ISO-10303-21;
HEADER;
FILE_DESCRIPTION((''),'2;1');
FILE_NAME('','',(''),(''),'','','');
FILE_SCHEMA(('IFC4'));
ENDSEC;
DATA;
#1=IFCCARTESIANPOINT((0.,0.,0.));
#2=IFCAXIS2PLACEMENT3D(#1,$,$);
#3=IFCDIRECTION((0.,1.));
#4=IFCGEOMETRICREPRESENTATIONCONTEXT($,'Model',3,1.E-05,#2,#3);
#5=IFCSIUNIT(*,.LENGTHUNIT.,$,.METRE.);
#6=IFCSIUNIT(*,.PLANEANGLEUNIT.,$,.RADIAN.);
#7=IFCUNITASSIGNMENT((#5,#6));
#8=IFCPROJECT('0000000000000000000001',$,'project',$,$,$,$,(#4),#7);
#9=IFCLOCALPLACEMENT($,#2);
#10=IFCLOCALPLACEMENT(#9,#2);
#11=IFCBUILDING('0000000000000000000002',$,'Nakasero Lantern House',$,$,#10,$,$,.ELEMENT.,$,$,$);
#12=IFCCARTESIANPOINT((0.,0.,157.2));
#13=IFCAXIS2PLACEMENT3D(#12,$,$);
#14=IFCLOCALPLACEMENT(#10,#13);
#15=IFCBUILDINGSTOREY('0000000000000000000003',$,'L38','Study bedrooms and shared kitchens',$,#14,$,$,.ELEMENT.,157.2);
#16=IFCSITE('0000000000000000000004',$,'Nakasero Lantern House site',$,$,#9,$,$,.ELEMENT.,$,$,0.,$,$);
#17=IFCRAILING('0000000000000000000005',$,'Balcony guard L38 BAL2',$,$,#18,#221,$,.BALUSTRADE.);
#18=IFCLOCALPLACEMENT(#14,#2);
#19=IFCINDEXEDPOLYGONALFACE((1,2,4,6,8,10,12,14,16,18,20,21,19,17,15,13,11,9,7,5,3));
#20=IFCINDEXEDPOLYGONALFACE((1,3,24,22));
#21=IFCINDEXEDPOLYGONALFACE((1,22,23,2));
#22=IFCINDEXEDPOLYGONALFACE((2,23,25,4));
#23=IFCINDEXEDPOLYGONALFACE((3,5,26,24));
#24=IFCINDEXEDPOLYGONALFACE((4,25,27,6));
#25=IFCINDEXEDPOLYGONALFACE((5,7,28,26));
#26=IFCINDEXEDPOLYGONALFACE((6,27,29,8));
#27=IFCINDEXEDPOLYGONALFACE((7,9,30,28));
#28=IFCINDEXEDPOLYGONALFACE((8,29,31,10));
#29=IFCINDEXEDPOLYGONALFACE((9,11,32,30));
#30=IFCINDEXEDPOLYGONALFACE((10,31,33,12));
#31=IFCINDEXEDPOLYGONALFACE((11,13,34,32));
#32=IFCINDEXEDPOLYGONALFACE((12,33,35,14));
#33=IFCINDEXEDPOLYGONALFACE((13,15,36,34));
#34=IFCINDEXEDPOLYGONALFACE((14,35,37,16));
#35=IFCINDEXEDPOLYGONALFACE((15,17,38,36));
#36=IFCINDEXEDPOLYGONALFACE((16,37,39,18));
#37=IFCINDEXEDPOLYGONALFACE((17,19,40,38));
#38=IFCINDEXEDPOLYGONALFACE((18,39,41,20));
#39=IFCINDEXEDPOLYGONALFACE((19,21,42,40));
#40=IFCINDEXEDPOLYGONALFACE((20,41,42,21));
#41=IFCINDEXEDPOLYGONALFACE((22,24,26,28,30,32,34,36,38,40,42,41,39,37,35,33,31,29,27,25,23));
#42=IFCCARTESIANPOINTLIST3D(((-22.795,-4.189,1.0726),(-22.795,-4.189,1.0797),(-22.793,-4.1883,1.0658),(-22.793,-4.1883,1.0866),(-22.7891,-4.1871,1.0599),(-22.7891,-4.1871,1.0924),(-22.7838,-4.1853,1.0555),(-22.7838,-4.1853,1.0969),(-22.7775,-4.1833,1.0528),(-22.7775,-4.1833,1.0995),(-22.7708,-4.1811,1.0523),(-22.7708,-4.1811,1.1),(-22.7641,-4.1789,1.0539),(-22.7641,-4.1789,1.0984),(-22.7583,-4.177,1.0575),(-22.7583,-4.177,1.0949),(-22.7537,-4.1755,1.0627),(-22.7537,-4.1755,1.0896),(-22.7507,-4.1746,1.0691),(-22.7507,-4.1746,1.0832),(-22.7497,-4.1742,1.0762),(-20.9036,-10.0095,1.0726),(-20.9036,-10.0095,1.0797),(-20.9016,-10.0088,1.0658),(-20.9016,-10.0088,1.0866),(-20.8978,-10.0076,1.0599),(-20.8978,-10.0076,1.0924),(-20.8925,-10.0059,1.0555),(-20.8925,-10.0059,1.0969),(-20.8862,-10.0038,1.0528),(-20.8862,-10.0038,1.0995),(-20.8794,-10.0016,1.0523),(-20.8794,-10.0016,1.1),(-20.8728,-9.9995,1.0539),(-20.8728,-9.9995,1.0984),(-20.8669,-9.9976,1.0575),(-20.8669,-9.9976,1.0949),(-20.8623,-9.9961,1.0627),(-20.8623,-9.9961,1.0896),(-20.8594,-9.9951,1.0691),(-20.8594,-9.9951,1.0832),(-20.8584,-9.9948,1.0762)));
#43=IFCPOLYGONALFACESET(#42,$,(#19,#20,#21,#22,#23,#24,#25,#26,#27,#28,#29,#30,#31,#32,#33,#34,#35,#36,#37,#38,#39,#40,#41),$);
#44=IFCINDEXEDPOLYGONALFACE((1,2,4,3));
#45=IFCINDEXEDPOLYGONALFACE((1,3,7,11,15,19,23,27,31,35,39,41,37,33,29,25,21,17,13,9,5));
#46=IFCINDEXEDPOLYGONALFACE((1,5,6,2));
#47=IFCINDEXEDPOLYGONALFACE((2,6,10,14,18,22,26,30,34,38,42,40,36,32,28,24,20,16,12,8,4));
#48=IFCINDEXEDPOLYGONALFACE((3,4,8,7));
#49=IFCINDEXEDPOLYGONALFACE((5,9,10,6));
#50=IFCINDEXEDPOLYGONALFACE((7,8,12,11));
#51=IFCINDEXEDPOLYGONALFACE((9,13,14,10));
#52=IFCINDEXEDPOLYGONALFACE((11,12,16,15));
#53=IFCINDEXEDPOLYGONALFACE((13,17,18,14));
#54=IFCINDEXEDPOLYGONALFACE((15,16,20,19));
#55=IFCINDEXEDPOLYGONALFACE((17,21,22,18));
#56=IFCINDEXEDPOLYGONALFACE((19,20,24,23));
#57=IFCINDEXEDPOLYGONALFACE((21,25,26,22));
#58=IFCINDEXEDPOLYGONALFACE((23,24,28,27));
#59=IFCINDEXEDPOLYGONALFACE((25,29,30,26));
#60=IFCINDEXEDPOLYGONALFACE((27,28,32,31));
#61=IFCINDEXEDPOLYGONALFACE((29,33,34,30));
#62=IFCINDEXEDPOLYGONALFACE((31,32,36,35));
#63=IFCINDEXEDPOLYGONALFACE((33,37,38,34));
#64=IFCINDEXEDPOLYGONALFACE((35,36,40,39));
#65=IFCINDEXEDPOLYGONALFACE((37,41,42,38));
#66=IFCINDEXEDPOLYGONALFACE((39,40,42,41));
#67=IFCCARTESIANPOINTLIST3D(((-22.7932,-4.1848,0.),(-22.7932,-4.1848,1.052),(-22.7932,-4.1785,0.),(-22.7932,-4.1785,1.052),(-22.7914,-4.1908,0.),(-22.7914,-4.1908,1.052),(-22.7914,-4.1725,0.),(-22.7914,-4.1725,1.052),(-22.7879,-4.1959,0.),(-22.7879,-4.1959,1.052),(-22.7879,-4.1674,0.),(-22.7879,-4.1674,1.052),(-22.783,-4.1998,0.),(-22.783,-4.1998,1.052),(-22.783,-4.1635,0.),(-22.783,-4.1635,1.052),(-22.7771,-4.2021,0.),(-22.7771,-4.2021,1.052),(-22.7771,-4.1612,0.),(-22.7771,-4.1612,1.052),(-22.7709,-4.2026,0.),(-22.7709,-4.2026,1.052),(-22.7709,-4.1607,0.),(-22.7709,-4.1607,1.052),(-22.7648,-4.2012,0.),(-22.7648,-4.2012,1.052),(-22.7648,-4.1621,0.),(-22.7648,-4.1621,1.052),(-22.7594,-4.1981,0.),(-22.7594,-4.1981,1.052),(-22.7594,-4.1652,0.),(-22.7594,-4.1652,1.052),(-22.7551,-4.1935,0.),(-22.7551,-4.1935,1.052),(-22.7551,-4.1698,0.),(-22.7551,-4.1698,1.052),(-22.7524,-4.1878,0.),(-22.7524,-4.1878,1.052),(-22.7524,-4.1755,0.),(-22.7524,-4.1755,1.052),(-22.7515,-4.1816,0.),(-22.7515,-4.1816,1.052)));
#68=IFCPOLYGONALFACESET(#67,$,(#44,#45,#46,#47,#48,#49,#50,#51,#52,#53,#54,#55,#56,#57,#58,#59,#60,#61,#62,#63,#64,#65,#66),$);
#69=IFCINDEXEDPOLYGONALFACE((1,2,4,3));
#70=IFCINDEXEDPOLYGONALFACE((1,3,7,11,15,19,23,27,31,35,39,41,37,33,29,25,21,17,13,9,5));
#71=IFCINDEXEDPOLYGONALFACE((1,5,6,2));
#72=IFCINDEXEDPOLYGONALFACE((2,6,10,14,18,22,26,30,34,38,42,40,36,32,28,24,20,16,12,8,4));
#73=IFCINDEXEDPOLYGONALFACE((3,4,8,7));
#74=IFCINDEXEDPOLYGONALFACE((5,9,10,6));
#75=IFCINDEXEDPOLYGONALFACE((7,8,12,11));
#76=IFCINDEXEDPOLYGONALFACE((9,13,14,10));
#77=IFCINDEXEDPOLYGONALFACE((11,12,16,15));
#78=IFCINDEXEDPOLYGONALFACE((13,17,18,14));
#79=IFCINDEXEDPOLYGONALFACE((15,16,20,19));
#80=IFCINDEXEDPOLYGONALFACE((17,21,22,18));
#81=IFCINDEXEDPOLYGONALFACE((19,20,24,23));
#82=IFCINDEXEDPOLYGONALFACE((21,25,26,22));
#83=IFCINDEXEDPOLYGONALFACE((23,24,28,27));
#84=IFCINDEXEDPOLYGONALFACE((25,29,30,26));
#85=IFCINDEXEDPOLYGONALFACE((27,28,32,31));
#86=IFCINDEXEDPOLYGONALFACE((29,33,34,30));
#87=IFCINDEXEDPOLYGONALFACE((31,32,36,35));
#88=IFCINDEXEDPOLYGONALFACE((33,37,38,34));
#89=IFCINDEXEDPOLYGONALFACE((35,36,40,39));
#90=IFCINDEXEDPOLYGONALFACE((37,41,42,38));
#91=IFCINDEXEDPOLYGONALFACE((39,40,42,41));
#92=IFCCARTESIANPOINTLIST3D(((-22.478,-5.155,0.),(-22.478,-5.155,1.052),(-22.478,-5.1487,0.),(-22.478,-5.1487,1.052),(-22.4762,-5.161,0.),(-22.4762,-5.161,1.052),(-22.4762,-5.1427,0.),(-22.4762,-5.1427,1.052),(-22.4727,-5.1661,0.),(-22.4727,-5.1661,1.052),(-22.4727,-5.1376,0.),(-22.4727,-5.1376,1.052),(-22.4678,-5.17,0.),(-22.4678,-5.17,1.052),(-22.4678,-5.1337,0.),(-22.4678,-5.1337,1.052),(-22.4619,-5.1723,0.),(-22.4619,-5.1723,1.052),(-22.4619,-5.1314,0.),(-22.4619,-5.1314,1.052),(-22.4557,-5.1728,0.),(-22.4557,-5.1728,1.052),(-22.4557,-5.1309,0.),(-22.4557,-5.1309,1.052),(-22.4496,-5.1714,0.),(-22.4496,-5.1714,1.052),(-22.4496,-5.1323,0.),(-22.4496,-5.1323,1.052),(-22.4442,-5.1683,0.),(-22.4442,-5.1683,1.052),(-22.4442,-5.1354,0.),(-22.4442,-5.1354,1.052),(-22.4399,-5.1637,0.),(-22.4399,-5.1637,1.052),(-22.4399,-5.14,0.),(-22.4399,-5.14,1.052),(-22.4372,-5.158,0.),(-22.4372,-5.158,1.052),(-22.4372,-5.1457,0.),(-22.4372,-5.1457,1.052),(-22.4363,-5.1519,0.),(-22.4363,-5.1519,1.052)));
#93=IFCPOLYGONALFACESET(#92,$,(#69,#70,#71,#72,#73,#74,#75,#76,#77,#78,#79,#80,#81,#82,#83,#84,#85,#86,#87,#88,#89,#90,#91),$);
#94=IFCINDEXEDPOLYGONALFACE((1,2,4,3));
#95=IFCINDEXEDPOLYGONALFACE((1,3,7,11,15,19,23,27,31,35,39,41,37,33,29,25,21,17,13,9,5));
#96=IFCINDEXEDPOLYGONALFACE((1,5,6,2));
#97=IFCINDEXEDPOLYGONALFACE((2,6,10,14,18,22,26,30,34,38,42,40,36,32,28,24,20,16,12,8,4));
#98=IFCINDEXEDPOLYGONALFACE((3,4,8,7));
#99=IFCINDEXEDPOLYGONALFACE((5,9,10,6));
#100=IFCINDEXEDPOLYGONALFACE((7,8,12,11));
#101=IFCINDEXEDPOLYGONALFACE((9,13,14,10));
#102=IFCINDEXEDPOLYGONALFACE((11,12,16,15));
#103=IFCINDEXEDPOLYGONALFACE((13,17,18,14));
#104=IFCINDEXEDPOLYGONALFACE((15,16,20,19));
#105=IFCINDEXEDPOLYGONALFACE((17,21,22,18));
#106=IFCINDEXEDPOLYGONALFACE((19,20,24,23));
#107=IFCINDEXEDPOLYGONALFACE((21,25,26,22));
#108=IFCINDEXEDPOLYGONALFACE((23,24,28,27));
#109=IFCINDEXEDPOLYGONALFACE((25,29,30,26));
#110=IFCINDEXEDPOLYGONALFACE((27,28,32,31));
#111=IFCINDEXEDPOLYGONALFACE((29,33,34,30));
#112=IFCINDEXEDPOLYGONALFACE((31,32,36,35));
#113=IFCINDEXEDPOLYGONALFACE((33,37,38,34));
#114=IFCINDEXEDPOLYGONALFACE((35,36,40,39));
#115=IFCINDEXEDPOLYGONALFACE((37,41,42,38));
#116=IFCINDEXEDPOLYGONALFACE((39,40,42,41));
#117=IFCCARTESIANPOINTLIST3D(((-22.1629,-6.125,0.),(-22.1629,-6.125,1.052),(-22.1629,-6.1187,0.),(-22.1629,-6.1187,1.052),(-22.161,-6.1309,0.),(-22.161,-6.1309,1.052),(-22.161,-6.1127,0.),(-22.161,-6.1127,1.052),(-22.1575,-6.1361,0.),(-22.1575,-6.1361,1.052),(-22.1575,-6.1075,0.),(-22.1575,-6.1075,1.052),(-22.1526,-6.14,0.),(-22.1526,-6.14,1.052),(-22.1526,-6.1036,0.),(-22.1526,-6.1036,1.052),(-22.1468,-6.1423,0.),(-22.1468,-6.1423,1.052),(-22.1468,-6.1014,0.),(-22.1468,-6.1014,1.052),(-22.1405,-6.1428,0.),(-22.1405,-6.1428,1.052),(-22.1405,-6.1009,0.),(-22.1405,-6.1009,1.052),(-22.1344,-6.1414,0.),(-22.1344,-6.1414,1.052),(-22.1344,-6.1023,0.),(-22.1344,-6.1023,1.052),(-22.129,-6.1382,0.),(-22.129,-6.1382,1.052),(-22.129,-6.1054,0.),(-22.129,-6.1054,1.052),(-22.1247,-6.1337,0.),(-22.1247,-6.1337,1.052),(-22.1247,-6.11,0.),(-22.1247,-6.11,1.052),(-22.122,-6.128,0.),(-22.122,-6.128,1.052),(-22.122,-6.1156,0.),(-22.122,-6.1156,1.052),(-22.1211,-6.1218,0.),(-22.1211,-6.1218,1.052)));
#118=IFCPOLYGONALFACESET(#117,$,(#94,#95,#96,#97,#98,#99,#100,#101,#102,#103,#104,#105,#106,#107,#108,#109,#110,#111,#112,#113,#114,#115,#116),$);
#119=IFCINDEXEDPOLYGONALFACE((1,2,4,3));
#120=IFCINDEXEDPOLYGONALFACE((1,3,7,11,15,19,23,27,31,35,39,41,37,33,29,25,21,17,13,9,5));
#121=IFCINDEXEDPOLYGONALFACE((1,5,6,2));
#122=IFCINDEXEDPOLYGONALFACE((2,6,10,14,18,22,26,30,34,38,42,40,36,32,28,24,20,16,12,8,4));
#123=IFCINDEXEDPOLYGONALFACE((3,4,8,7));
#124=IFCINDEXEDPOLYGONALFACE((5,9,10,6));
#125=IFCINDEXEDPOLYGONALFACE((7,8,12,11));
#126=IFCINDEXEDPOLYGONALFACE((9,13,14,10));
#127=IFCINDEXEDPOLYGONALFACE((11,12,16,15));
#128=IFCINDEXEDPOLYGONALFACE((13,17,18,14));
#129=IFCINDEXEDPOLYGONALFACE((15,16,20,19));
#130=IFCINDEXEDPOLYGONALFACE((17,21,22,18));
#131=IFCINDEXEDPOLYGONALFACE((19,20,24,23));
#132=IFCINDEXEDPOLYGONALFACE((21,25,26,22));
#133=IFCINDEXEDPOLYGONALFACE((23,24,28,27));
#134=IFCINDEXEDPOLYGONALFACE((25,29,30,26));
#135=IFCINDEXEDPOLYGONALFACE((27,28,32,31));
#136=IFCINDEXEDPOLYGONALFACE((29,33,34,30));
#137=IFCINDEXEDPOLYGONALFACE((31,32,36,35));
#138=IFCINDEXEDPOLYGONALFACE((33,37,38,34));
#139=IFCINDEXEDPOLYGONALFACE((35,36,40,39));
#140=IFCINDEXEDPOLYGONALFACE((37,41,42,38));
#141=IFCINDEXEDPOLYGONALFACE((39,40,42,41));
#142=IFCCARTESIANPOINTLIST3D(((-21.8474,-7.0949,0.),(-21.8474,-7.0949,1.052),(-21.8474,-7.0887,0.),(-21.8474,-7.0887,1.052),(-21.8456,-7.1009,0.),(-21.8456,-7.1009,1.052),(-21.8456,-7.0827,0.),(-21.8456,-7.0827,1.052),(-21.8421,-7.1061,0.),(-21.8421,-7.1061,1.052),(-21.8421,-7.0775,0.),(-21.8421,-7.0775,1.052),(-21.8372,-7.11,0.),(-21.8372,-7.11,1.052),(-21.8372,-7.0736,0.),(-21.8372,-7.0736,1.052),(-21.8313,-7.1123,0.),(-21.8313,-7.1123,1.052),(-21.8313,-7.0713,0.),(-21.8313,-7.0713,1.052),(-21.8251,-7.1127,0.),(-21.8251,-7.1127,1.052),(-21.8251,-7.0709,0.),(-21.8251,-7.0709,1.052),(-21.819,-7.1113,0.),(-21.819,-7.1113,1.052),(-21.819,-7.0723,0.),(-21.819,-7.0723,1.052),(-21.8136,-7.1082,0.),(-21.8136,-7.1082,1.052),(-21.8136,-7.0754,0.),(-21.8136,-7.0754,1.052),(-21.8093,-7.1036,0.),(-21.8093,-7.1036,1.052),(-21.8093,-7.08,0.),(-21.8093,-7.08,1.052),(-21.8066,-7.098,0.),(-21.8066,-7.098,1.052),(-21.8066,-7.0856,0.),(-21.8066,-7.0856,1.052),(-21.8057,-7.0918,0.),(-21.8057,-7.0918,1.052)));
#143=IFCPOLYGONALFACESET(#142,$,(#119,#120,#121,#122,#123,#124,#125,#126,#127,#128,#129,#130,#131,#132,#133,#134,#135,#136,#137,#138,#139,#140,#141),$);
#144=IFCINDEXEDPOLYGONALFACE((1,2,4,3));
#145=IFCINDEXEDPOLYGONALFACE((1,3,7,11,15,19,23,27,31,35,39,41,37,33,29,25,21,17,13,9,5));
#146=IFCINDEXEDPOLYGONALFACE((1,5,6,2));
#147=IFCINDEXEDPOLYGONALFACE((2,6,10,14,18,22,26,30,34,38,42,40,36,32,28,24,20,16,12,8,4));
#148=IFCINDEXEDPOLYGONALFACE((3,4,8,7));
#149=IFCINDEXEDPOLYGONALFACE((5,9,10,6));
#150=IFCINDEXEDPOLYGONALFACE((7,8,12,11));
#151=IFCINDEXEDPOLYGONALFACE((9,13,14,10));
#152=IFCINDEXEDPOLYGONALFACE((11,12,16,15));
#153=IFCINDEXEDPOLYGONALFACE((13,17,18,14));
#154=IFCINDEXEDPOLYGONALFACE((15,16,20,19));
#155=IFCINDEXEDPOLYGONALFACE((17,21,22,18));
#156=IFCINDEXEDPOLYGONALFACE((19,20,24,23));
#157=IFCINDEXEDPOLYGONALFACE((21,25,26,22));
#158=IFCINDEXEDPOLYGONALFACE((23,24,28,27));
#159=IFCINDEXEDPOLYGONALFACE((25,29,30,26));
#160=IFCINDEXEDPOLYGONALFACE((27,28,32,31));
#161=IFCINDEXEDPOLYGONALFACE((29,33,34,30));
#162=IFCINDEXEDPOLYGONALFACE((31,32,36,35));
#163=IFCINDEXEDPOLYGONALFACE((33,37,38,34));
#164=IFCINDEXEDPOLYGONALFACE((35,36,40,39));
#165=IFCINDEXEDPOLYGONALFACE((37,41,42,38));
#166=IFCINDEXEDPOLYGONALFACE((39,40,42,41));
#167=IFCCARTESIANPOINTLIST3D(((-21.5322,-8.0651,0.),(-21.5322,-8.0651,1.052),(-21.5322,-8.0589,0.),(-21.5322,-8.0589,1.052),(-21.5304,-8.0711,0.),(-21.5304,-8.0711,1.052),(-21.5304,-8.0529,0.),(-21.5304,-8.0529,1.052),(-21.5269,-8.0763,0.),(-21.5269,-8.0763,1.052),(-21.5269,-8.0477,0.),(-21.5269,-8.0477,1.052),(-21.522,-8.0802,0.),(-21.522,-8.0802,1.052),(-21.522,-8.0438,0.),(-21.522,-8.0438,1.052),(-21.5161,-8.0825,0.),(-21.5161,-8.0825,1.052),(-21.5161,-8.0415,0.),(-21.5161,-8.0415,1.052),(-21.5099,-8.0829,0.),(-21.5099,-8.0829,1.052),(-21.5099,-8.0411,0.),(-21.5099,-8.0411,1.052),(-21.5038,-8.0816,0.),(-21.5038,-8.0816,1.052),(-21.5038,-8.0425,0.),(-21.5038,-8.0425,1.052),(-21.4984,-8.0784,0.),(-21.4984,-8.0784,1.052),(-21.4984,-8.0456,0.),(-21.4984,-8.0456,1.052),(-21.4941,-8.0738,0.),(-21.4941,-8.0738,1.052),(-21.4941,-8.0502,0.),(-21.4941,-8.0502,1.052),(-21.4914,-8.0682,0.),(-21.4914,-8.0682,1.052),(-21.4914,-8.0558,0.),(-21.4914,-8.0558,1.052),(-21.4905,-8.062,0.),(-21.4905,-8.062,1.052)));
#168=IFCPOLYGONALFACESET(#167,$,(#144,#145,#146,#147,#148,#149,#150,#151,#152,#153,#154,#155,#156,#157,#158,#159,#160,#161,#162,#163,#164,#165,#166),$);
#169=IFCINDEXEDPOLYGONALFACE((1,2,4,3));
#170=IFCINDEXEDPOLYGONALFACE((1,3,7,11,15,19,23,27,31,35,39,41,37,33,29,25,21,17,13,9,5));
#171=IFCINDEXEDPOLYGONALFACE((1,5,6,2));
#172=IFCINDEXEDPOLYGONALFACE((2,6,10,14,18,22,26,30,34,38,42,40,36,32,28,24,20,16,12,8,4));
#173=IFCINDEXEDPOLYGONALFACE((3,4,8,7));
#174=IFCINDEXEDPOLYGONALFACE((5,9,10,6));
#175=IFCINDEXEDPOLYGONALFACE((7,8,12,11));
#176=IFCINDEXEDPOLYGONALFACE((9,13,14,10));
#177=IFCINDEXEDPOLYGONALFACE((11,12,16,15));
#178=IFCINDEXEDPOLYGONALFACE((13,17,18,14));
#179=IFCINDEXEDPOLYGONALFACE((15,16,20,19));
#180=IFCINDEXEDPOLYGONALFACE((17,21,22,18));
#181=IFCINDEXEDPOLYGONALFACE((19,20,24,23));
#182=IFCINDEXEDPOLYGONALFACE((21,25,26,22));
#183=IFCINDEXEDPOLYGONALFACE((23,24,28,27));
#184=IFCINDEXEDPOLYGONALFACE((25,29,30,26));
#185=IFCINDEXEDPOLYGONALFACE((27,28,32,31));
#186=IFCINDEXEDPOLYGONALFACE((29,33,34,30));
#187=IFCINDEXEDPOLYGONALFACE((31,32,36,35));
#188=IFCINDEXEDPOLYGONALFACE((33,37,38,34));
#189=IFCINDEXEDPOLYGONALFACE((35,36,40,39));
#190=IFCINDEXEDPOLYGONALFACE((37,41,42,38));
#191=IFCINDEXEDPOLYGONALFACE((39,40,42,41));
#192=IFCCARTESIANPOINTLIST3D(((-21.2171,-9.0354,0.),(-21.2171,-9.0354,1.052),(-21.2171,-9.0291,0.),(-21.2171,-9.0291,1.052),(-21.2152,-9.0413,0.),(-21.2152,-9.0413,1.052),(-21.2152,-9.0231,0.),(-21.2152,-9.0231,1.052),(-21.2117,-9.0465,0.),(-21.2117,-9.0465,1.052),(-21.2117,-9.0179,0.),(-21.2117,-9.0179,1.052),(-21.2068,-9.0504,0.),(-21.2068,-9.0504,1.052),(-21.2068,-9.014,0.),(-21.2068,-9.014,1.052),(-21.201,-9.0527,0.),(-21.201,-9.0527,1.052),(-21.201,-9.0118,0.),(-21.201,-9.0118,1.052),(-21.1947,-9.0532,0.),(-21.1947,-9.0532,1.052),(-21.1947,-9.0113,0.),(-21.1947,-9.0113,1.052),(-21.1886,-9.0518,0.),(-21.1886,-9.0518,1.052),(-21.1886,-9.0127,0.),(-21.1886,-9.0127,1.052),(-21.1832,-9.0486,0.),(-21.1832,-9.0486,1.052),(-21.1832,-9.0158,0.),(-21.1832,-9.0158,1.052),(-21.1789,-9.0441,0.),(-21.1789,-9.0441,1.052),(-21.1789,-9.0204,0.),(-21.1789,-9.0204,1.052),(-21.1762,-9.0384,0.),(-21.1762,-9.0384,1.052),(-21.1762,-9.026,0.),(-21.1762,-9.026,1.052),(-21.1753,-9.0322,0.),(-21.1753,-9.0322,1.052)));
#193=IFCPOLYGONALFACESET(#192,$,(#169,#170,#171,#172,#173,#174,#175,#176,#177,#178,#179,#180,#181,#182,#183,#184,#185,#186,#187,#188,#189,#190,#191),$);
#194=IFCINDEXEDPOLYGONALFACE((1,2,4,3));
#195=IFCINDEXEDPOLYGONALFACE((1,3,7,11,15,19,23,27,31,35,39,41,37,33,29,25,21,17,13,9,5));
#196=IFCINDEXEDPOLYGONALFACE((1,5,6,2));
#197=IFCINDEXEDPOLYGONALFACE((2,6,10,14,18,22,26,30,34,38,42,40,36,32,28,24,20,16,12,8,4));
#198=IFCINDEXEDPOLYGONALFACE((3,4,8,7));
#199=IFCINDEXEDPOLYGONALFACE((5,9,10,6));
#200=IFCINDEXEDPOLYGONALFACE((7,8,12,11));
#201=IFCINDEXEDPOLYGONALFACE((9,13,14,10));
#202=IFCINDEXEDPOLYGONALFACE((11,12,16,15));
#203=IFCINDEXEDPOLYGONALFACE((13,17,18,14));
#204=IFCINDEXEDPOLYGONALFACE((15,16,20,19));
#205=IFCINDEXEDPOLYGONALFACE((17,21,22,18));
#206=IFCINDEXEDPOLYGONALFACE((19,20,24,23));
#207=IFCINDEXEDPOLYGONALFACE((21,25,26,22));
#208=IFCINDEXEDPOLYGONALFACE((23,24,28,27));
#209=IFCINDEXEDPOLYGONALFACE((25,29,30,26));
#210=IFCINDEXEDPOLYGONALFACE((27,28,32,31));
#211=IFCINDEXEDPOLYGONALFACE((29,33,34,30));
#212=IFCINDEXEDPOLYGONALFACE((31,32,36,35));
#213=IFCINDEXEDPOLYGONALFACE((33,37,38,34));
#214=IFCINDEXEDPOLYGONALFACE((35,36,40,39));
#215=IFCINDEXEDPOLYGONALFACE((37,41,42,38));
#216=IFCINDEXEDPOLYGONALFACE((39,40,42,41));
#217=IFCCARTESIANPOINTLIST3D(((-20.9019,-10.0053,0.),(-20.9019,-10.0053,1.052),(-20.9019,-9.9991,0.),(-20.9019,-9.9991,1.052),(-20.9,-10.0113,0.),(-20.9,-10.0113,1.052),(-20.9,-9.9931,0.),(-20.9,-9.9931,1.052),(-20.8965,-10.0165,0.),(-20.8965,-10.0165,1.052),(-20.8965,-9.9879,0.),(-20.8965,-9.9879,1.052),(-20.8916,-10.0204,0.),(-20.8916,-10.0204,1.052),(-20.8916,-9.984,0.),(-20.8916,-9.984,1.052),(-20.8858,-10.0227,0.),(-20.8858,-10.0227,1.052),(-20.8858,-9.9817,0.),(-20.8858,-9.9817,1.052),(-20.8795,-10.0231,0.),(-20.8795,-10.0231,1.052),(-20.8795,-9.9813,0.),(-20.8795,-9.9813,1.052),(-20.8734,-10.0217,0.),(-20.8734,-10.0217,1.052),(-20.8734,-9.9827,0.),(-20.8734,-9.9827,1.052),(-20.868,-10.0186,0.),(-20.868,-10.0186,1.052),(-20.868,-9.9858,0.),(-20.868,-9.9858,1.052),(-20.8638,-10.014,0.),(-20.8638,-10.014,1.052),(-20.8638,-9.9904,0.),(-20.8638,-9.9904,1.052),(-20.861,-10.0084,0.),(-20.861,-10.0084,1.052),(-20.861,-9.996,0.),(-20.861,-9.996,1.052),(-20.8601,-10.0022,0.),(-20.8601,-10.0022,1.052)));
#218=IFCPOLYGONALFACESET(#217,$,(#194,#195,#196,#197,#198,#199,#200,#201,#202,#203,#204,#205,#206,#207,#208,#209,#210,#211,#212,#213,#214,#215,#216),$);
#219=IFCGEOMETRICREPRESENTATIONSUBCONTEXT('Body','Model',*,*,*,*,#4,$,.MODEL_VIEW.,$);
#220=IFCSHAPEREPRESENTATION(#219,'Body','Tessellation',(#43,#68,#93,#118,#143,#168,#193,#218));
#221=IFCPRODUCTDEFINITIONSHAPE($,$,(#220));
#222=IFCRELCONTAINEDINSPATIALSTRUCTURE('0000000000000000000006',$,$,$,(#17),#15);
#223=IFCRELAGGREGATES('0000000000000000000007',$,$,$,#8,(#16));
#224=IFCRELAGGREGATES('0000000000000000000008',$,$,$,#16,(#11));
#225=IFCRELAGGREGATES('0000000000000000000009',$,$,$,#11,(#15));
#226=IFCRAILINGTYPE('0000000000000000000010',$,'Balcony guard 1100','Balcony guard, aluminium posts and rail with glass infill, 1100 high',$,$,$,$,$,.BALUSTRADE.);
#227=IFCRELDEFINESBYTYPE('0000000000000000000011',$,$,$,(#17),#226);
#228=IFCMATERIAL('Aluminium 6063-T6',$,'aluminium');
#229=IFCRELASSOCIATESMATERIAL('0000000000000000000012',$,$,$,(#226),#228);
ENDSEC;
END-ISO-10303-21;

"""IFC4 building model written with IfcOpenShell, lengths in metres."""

from ifc_helpers import new_model, si_unit, direction, frame, origin, origin_2d, place, context, subcontext, project, spatial, circle, extrude, material, type_object, element, save


model = new_model("IFC4")

# Units and contexts
model_context = context("Model", 3, precision=1e-05, world=origin(), true_north=direction((0.0, 1.0)))
body_context = subcontext(model_context, "Body", "Model", "MODEL_VIEW")
ifc_project = project(units=[si_unit("LENGTHUNIT", "METRE"), si_unit("PLANEANGLEUNIT", "RADIAN")], contexts=[model_context])

# Site, building, storey
site_placement = place(None, origin())
site = spatial("IfcSite", under=ifc_project, at=site_placement, Name="Nakasero Lantern House site", CompositionType="ELEMENT", RefElevation=0.0)
building_placement = place(site_placement, origin())
building = spatial("IfcBuilding", under=site, at=building_placement, Name="Nakasero Lantern House", CompositionType="ELEMENT")
storey_placement = place(building_placement, frame((0.0, 0.0, 157.2)))
storey = spatial("IfcBuildingStorey", under=building, at=storey_placement, Name="L38", Description="Study bedrooms and shared kitchens", CompositionType="ELEMENT", Elevation=157.2)

# Railing
ifc_material_1 = material(Name="Aluminium 6063-T6", Category="aluminium")
railing_type = type_object("IfcRailingType", Name="Balcony guard 1100", Description="Balcony guard, aluminium posts and rail with glass infill, 1100 high", PredefinedType="BALUSTRADE", material=ifc_material_1)
railing_placement = place(storey_placement, frame((-22.7725, -4.1816, 0.0)))
element("IfcRailing", 1, at=railing_placement, inside=storey, type_object=railing_type, Name="Balcony guard L38 BAL2", PredefinedType="BALUSTRADE", context=body_context, shape_type="SweptSolid", body=[
    extrude(circle(Radius=0.0239, at=origin_2d()), frame((0.0, 0.0, 1.0762), z_axis=(0.309038, -0.95105, 0.0), x_axis=(0.95105, 0.309038, 0.0)), (0.0, 0.0, 1.0), 6.1201),
    extrude(circle(Radius=0.021, at=origin_2d()), origin(), (0.0, 0.0, 1.0), 1.052),
    extrude(circle(Radius=0.021, at=origin_2d()), frame((0.3152, -0.9702, 0.0)), (0.0, 0.0, 1.0), 1.052),
    extrude(circle(Radius=0.021, at=origin_2d()), frame((0.6304, -1.9402, 0.0)), (0.0, 0.0, 1.0), 1.052),
    extrude(circle(Radius=0.021, at=origin_2d()), frame((0.9458, -2.9102, 0.0)), (0.0, 0.0, 1.0), 1.052),
    extrude(circle(Radius=0.021, at=origin_2d()), frame((1.261, -3.8804, 0.0)), (0.0, 0.0, 1.0), 1.052),
    extrude(circle(Radius=0.021, at=origin_2d()), frame((1.5762, -4.8506, 0.0)), (0.0, 0.0, 1.0), 1.052),
    extrude(circle(Radius=0.021, at=origin_2d()), frame((1.8914, -5.8206, 0.0)), (0.0, 0.0, 1.0), 1.052),
])

save(model, "model.ifc")
